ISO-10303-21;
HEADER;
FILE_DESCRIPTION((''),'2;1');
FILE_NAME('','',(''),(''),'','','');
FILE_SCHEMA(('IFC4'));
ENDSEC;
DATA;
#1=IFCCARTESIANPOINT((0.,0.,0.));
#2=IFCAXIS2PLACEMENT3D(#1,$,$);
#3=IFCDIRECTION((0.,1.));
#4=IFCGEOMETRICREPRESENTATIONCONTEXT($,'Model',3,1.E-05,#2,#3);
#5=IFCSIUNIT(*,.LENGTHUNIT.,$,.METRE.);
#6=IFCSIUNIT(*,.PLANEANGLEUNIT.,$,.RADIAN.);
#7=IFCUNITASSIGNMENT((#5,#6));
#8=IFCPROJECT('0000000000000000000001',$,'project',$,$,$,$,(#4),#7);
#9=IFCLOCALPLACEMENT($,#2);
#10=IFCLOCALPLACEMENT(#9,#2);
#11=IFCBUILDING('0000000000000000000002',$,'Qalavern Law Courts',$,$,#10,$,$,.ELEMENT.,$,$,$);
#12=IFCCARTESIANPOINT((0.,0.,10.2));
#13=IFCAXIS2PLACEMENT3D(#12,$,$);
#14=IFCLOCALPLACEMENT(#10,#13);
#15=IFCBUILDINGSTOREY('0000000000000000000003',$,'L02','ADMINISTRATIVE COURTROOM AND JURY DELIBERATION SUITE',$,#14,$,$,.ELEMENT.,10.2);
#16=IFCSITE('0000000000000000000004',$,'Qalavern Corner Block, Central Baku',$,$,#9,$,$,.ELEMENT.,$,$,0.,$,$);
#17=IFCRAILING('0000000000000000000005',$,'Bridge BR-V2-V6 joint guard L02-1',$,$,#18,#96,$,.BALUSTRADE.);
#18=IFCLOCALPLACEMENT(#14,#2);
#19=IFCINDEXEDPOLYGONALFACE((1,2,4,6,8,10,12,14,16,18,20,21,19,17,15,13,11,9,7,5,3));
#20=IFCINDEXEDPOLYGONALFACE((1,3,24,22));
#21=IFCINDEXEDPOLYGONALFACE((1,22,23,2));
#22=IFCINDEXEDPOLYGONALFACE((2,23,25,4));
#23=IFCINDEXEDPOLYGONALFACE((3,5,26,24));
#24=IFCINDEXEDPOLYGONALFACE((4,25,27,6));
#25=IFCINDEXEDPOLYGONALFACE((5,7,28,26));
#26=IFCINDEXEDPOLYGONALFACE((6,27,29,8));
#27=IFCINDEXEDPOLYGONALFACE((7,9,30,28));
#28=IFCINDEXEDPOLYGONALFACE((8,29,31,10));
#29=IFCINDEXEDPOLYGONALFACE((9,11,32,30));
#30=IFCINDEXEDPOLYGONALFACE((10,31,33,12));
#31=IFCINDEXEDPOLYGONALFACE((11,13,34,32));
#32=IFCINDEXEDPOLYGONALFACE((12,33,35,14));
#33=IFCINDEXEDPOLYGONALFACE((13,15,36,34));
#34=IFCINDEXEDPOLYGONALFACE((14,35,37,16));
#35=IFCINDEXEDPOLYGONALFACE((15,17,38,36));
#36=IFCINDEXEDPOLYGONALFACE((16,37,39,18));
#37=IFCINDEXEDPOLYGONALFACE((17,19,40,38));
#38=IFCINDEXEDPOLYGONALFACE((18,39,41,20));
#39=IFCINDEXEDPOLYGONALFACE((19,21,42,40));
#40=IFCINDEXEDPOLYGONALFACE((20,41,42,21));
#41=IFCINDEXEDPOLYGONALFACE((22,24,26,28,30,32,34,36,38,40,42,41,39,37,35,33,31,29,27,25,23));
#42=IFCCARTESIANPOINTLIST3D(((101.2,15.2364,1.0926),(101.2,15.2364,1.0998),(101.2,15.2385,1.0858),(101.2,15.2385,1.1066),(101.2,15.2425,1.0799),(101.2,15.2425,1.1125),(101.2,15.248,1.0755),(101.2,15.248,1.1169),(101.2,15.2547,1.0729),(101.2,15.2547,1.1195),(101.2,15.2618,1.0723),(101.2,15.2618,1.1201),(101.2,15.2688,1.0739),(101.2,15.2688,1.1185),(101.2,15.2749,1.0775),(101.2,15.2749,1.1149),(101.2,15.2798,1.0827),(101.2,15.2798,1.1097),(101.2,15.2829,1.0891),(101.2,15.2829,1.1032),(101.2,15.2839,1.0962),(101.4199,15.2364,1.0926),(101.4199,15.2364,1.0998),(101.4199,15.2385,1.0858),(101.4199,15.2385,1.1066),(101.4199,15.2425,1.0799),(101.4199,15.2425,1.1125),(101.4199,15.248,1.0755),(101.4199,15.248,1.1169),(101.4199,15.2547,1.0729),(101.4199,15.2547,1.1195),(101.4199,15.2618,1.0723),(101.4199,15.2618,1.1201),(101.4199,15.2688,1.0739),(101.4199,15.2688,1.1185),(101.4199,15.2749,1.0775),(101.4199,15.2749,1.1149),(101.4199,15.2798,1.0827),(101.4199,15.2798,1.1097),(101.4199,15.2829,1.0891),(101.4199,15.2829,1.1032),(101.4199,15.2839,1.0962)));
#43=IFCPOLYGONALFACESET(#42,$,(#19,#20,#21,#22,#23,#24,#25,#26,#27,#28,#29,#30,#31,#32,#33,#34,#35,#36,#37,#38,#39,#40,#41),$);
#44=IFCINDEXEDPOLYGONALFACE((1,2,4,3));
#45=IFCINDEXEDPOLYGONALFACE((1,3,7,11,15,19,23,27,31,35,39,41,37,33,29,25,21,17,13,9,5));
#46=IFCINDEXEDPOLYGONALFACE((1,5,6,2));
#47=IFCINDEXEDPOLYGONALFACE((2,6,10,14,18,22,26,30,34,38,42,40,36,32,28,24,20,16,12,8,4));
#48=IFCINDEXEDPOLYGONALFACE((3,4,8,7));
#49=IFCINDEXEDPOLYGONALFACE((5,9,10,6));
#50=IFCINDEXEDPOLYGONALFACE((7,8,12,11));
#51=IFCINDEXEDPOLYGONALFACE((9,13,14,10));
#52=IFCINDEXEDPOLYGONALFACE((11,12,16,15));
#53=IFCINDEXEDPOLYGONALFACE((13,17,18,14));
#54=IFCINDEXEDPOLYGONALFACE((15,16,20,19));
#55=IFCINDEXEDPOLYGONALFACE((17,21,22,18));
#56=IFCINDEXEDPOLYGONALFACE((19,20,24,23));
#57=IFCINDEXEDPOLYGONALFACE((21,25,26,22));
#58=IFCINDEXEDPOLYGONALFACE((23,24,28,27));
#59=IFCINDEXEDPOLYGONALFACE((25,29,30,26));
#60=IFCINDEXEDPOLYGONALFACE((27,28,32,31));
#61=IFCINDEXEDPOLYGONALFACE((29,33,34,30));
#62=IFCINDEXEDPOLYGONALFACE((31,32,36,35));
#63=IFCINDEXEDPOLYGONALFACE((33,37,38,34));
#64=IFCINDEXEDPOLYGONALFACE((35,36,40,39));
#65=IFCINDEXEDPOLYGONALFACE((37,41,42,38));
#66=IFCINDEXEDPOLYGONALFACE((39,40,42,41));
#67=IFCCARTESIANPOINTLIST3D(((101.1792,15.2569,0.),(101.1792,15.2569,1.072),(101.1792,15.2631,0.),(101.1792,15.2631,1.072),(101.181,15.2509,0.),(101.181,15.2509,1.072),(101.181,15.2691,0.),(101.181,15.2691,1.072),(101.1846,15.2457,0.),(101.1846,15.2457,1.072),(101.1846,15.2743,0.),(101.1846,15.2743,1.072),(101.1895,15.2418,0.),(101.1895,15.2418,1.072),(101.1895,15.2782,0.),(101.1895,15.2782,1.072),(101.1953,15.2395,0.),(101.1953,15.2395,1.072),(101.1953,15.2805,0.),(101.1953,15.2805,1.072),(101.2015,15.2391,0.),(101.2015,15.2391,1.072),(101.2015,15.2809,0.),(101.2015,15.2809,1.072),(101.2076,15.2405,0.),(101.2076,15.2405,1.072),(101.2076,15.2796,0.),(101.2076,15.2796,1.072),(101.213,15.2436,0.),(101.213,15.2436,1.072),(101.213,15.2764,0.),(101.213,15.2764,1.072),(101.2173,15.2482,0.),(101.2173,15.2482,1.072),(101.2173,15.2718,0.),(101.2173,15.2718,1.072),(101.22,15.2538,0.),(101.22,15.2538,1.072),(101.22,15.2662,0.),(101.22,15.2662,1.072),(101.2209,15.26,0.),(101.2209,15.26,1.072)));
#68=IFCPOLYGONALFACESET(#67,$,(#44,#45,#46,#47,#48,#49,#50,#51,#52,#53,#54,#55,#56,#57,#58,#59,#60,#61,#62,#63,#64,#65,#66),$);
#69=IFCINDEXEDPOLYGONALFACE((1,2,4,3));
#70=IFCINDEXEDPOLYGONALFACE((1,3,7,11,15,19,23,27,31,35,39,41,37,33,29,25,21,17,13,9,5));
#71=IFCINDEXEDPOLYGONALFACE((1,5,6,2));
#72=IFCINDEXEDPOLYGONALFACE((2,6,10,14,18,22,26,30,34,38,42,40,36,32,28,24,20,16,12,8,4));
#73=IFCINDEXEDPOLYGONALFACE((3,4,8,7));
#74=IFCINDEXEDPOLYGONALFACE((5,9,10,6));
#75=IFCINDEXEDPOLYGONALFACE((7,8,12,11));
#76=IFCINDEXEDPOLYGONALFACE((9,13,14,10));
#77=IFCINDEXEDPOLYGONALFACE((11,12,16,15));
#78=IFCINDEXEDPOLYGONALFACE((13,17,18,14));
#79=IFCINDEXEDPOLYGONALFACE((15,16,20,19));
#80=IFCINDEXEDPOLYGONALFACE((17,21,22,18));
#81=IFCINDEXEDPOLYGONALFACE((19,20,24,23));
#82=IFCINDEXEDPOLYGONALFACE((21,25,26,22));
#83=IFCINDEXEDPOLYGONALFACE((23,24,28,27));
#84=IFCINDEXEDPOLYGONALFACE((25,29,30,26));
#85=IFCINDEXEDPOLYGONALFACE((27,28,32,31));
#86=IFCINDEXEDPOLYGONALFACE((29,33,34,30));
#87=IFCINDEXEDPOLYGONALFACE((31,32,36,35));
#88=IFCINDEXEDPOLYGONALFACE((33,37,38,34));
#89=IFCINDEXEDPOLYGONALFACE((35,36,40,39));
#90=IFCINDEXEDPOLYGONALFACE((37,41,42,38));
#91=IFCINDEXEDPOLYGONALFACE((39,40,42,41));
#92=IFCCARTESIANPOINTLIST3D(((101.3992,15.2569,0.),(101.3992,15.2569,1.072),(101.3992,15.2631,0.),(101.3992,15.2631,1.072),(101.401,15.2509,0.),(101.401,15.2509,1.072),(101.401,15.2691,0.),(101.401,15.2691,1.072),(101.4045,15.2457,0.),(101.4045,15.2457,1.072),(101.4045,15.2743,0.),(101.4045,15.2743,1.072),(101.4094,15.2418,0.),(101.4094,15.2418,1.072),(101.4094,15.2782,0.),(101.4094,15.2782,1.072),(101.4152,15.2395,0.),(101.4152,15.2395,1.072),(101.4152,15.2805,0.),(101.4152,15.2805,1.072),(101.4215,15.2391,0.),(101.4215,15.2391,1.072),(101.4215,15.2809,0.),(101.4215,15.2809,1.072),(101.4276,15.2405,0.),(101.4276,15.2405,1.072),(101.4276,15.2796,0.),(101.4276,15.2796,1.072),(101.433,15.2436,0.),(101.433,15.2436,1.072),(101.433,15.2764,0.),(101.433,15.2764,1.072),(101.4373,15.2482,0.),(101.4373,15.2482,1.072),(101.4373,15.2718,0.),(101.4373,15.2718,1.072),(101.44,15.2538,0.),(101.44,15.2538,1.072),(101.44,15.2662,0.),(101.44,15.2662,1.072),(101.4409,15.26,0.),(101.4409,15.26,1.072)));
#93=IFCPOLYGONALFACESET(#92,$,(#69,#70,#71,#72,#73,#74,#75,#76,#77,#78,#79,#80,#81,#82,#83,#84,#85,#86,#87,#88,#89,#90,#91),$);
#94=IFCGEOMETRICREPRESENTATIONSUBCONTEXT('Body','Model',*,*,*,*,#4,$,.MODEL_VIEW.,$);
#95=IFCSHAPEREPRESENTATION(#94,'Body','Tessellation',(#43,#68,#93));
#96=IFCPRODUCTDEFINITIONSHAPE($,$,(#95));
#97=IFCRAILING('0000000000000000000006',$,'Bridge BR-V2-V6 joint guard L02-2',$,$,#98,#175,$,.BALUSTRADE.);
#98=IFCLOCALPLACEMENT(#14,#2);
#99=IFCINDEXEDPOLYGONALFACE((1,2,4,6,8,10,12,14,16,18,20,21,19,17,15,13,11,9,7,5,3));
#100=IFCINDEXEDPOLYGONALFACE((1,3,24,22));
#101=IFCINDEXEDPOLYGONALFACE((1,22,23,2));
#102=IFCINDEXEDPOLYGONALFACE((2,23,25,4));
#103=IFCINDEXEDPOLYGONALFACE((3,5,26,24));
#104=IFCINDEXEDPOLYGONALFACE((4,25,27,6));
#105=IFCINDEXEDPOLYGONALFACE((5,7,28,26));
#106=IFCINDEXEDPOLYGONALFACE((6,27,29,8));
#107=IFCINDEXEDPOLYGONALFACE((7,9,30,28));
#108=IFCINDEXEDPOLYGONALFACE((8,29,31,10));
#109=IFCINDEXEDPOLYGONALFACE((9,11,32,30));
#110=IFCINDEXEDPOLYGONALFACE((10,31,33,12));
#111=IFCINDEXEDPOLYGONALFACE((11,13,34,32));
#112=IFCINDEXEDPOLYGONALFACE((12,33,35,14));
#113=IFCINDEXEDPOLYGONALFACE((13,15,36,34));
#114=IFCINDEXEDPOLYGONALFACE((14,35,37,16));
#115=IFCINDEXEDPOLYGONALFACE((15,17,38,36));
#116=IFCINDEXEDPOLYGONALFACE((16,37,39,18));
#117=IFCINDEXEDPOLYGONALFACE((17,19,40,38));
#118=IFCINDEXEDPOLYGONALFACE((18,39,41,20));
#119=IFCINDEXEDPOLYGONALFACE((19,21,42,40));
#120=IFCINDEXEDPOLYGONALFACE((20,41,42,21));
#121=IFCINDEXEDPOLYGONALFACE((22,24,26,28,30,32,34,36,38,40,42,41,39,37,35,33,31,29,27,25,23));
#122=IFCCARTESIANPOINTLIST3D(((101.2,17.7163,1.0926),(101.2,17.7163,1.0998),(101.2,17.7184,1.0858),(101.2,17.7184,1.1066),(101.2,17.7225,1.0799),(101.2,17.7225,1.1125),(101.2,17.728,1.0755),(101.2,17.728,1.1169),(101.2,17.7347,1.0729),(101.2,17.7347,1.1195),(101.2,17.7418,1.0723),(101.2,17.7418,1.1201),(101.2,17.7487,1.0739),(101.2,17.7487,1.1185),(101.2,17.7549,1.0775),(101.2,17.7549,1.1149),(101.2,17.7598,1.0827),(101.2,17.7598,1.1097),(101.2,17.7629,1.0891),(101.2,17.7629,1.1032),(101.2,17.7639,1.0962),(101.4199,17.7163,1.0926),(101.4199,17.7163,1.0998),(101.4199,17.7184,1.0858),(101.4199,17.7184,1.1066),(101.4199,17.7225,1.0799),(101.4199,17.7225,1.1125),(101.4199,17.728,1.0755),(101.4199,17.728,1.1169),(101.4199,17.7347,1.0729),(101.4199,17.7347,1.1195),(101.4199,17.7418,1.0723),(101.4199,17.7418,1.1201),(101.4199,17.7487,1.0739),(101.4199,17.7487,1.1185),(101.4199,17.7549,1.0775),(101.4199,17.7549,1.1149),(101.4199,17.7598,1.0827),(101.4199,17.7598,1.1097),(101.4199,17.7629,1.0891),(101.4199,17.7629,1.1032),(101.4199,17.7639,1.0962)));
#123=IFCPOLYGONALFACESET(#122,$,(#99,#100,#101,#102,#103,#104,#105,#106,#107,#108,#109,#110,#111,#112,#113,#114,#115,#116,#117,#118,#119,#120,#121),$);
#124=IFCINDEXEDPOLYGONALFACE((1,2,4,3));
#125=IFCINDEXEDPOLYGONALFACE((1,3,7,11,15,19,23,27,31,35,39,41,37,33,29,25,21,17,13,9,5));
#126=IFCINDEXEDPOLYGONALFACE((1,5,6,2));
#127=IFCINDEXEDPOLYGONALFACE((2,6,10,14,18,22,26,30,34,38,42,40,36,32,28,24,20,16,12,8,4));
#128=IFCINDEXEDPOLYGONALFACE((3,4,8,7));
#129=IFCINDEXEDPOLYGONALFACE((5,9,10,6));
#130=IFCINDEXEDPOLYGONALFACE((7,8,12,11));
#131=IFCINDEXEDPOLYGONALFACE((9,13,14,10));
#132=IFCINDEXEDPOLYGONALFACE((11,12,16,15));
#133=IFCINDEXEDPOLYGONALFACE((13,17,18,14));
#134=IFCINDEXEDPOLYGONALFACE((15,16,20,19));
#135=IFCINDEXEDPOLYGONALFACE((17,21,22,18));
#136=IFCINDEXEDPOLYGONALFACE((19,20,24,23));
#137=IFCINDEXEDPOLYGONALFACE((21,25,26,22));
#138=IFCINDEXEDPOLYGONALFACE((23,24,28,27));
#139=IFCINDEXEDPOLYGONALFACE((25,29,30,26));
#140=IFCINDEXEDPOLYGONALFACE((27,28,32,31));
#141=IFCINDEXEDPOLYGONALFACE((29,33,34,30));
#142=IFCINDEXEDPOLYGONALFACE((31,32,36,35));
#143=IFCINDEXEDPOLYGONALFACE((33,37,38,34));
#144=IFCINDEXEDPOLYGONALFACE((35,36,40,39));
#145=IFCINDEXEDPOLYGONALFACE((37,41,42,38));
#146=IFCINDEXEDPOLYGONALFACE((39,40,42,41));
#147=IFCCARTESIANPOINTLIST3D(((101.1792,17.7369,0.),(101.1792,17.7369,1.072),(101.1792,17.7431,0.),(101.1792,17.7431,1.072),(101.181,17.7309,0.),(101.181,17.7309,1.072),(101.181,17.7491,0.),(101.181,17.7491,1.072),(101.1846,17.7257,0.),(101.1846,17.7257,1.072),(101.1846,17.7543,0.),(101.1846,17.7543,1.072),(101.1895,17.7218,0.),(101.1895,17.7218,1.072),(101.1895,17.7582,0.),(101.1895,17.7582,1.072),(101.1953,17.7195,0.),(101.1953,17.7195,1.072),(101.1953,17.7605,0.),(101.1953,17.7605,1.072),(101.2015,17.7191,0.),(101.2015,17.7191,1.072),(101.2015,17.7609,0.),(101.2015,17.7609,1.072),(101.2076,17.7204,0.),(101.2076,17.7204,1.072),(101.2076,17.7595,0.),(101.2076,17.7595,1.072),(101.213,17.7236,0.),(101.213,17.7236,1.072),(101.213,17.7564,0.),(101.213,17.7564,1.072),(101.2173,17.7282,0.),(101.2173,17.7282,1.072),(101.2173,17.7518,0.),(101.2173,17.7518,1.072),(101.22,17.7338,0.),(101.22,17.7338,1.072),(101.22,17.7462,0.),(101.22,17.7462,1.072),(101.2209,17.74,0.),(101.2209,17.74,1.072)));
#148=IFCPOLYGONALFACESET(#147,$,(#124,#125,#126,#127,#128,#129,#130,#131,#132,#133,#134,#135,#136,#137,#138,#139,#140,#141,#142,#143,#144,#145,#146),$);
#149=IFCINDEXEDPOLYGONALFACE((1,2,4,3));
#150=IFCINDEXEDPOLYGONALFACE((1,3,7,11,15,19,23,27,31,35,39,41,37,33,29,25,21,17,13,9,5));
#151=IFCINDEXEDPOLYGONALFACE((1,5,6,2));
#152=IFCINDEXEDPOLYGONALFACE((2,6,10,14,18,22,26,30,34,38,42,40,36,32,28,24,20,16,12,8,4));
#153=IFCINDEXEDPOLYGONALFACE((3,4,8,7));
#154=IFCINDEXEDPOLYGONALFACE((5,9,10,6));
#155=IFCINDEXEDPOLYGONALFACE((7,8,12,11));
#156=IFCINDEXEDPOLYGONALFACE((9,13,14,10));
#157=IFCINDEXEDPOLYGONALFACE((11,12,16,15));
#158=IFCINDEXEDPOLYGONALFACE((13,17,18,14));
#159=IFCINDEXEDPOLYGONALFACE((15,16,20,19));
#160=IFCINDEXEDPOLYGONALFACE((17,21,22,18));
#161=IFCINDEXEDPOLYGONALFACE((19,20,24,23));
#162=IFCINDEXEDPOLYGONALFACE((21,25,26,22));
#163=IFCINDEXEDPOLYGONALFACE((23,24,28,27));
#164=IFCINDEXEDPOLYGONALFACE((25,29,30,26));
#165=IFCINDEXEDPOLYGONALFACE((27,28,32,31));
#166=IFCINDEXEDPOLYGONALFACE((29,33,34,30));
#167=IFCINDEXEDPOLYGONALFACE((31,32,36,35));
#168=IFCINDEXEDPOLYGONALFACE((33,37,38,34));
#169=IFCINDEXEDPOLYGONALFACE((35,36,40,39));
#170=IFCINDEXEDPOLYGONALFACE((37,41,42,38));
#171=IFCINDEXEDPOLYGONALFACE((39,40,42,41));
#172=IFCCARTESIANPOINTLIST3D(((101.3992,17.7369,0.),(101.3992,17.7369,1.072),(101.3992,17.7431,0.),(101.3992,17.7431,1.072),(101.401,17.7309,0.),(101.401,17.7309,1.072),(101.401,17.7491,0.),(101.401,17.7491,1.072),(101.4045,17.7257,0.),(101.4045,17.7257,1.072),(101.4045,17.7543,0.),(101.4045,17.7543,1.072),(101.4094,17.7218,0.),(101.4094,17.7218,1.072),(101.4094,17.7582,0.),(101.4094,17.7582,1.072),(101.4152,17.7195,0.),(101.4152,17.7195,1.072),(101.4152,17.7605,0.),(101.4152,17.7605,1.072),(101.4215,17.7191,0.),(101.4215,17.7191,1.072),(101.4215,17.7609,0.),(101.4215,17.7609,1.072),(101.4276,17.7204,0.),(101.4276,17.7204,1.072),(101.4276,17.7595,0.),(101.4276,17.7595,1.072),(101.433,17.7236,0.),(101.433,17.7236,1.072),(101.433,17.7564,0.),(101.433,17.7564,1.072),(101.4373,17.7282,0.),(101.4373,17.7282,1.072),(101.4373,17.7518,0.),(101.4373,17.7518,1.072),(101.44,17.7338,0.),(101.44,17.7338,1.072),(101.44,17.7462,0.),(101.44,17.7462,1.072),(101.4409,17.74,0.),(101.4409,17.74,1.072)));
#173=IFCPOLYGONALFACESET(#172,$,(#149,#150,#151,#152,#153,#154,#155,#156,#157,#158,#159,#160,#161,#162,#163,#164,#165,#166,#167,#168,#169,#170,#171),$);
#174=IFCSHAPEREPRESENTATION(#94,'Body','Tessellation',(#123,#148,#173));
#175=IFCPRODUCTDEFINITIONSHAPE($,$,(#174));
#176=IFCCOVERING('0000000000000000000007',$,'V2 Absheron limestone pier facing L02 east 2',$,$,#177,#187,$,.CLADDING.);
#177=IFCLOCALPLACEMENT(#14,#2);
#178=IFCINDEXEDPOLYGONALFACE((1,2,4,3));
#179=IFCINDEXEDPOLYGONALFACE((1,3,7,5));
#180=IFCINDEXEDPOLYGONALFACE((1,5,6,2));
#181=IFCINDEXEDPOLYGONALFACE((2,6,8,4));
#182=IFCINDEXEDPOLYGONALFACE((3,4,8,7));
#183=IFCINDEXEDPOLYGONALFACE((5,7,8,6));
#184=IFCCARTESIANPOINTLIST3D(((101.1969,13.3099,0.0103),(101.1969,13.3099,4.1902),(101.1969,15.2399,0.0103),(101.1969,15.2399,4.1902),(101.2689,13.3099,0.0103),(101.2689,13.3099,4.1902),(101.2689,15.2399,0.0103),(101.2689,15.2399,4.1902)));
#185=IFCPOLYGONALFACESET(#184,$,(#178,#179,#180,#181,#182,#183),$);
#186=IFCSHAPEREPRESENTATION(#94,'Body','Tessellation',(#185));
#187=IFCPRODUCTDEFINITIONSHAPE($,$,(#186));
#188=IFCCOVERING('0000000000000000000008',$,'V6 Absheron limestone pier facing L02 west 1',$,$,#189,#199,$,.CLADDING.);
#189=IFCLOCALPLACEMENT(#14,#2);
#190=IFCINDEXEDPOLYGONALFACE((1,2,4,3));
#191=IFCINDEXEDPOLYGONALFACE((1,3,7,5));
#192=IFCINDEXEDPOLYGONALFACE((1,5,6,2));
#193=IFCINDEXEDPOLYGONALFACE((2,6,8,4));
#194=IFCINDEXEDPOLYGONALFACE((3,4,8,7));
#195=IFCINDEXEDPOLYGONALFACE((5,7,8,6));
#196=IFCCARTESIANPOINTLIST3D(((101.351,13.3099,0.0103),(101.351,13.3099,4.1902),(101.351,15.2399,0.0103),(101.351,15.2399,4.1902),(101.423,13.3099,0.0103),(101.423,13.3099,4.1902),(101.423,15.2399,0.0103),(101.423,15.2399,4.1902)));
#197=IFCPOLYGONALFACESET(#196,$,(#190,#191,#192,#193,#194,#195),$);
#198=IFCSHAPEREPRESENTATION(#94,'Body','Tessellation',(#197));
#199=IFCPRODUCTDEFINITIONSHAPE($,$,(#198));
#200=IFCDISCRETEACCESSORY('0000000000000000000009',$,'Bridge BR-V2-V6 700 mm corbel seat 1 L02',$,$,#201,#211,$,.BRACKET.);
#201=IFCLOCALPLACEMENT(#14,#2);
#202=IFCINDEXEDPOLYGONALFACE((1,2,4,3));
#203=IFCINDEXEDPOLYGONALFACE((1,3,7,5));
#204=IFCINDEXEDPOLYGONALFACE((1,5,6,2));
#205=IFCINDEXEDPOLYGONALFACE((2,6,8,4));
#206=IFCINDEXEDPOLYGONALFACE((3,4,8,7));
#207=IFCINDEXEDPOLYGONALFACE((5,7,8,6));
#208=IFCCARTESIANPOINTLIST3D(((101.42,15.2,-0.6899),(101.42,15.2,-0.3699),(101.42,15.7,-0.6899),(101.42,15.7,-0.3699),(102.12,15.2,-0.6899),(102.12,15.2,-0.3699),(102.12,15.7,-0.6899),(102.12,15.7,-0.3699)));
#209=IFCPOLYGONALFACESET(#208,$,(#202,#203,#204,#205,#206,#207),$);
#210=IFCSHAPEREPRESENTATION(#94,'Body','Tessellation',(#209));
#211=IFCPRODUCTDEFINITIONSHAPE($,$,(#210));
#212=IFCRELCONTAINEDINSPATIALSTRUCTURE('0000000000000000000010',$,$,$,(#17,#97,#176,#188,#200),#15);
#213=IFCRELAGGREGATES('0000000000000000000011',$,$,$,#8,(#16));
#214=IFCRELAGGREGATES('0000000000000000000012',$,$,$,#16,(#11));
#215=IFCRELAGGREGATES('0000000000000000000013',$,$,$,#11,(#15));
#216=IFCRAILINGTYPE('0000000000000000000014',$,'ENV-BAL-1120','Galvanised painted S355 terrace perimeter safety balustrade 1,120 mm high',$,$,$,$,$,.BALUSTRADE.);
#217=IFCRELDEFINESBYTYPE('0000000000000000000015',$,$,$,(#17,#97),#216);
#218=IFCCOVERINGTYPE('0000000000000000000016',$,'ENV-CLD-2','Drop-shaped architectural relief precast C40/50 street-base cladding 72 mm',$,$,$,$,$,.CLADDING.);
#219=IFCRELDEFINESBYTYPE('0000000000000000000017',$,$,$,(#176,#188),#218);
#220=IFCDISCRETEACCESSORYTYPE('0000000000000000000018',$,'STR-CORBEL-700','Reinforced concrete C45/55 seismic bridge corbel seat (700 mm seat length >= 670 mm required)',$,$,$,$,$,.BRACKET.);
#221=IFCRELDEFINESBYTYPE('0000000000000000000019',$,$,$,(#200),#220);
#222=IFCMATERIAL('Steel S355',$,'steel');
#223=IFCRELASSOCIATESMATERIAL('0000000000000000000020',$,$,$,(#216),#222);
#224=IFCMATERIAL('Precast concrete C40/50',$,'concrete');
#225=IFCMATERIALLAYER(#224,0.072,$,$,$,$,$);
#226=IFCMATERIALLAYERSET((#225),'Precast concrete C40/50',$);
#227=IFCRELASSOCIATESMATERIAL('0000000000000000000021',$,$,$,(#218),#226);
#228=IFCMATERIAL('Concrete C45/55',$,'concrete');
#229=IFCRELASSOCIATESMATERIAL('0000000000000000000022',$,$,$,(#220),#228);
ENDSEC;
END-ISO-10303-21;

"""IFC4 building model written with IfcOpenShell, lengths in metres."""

from ifc_helpers import new_model, si_unit, direction, frame, origin, origin_2d, place, context, subcontext, project, spatial, rectangle, circle, extrude, material, layer, layer_set, type_object, element, save


model = new_model("IFC4")

# Units and contexts
model_context = context("Model", 3, precision=1e-05, world=origin(), true_north=direction((0.0, 1.0)))
body_context = subcontext(model_context, "Body", "Model", "MODEL_VIEW")
ifc_project = project(units=[si_unit("LENGTHUNIT", "METRE"), si_unit("PLANEANGLEUNIT", "RADIAN")], contexts=[model_context])

# Site, building, storey
site_placement = place(None, origin())
site = spatial("IfcSite", under=ifc_project, at=site_placement, Name="Qalavern Corner Block, Central Baku", CompositionType="ELEMENT", RefElevation=0.0)
building_placement = place(site_placement, origin())
building = spatial("IfcBuilding", under=site, at=building_placement, Name="Qalavern Law Courts", CompositionType="ELEMENT")
storey_placement = place(building_placement, frame((0.0, 0.0, 10.2)))
storey = spatial("IfcBuildingStorey", under=building, at=storey_placement, Name="L02", Description="ADMINISTRATIVE COURTROOM AND JURY DELIBERATION SUITE", CompositionType="ELEMENT", Elevation=10.2)

# Shared definitions
ifc_material_1 = material(Name="Concrete C45/55", Category="concrete")

# Shared definitions
ifc_material_2 = material(Name="Steel S355", Category="steel")

# Railings
railing_type = type_object("IfcRailingType", Name="ENV-BAL-1120", Description="Galvanised painted S355 terrace perimeter safety balustrade 1,120 mm high", PredefinedType="BALUSTRADE", material=ifc_material_2)
for number, where, name in (
    (1, (101.2, 15.26, 0.0), "Bridge BR-V2-V6 joint guard L02-1"),
    (2, (101.2, 17.74, 0.0), "Bridge BR-V2-V6 joint guard L02-2"),
):
    element("IfcRailing", number, at=place(storey_placement, frame(where)), inside=storey, type_object=railing_type, Name=name, PredefinedType="BALUSTRADE", context=body_context, shape_type="SweptSolid", body=[
        extrude(circle(Radius=0.0239, at=origin_2d()), frame((0.0, 0.0, 1.0962), z_axis=(1.0, 0.0, 0.0), x_axis=(0.0, 1.0, 0.0)), (0.0, 0.0, 1.0), 0.22),
        extrude(circle(Radius=0.021, at=origin_2d()), origin(), (0.0, 0.0, 1.0), 1.072),
        extrude(circle(Radius=0.021, at=origin_2d()), frame((0.22, 0.0, 0.0)), (0.0, 0.0, 1.0), 1.072),
    ])

# Coverings
ifc_material_3 = material(Name="Precast concrete C40/50", Category="concrete")
ifc_layer_1 = layer(ifc_material_3, 0.072)
ifc_layer_set_1 = layer_set([ifc_layer_1], Name="Precast concrete C40/50")
covering_type = type_object("IfcCoveringType", Name="ENV-CLD-2", Description="Drop-shaped architectural relief precast C40/50 street-base cladding 72 mm", PredefinedType="CLADDING", material=ifc_layer_set_1)
for number, where, z_axis, x_axis, name in (
    (3, (101.2329, 14.2749, 0.0103), (0.0, 0.0, 1.0), (0.0, 1.0, 0.0), "V2 Absheron limestone pier facing L02 east 2"),
    (4, (101.387, 14.2749, 0.0103), (0.0, 0.0, 1.0), (0.0, -1.0, 0.0), "V6 Absheron limestone pier facing L02 west 1"),
):
    element("IfcCovering", number, at=place(storey_placement, frame(where, z_axis=z_axis, x_axis=x_axis)), inside=storey, type_object=covering_type, Name=name, PredefinedType="CLADDING", context=body_context, shape_type="SweptSolid", body=[
        extrude(rectangle(XDim=1.9299, YDim=0.072, at=origin_2d()), origin(), (0.0, 0.0, 1.0), 4.1799),
    ])

# Discrete accessory
discrete_accessory_type_1 = type_object("IfcDiscreteAccessoryType", Name="STR-CORBEL-700", Description="Reinforced concrete C45/55 seismic bridge corbel seat (700 mm seat length >= 670 mm required)", PredefinedType="BRACKET", material=ifc_material_1)
for number, where, z_axis, x_axis, name in (
    (5, (101.77, 15.45, -0.6899), (0.0, 0.0, 1.0), (1.0, 0.0, 0.0), "Bridge BR-V2-V6 700 mm corbel seat 1 L02"),
):
    element("IfcDiscreteAccessory", number, at=place(storey_placement, frame(where, z_axis=z_axis, x_axis=x_axis)), inside=storey, type_object=discrete_accessory_type_1, Name=name, PredefinedType="BRACKET", context=body_context, shape_type="SweptSolid", body=[
        extrude(rectangle(XDim=0.7, YDim=0.5, at=origin_2d()), origin(), (0.0, 0.0, 1.0), 0.3201),
    ])

save(model, "model.ifc")
